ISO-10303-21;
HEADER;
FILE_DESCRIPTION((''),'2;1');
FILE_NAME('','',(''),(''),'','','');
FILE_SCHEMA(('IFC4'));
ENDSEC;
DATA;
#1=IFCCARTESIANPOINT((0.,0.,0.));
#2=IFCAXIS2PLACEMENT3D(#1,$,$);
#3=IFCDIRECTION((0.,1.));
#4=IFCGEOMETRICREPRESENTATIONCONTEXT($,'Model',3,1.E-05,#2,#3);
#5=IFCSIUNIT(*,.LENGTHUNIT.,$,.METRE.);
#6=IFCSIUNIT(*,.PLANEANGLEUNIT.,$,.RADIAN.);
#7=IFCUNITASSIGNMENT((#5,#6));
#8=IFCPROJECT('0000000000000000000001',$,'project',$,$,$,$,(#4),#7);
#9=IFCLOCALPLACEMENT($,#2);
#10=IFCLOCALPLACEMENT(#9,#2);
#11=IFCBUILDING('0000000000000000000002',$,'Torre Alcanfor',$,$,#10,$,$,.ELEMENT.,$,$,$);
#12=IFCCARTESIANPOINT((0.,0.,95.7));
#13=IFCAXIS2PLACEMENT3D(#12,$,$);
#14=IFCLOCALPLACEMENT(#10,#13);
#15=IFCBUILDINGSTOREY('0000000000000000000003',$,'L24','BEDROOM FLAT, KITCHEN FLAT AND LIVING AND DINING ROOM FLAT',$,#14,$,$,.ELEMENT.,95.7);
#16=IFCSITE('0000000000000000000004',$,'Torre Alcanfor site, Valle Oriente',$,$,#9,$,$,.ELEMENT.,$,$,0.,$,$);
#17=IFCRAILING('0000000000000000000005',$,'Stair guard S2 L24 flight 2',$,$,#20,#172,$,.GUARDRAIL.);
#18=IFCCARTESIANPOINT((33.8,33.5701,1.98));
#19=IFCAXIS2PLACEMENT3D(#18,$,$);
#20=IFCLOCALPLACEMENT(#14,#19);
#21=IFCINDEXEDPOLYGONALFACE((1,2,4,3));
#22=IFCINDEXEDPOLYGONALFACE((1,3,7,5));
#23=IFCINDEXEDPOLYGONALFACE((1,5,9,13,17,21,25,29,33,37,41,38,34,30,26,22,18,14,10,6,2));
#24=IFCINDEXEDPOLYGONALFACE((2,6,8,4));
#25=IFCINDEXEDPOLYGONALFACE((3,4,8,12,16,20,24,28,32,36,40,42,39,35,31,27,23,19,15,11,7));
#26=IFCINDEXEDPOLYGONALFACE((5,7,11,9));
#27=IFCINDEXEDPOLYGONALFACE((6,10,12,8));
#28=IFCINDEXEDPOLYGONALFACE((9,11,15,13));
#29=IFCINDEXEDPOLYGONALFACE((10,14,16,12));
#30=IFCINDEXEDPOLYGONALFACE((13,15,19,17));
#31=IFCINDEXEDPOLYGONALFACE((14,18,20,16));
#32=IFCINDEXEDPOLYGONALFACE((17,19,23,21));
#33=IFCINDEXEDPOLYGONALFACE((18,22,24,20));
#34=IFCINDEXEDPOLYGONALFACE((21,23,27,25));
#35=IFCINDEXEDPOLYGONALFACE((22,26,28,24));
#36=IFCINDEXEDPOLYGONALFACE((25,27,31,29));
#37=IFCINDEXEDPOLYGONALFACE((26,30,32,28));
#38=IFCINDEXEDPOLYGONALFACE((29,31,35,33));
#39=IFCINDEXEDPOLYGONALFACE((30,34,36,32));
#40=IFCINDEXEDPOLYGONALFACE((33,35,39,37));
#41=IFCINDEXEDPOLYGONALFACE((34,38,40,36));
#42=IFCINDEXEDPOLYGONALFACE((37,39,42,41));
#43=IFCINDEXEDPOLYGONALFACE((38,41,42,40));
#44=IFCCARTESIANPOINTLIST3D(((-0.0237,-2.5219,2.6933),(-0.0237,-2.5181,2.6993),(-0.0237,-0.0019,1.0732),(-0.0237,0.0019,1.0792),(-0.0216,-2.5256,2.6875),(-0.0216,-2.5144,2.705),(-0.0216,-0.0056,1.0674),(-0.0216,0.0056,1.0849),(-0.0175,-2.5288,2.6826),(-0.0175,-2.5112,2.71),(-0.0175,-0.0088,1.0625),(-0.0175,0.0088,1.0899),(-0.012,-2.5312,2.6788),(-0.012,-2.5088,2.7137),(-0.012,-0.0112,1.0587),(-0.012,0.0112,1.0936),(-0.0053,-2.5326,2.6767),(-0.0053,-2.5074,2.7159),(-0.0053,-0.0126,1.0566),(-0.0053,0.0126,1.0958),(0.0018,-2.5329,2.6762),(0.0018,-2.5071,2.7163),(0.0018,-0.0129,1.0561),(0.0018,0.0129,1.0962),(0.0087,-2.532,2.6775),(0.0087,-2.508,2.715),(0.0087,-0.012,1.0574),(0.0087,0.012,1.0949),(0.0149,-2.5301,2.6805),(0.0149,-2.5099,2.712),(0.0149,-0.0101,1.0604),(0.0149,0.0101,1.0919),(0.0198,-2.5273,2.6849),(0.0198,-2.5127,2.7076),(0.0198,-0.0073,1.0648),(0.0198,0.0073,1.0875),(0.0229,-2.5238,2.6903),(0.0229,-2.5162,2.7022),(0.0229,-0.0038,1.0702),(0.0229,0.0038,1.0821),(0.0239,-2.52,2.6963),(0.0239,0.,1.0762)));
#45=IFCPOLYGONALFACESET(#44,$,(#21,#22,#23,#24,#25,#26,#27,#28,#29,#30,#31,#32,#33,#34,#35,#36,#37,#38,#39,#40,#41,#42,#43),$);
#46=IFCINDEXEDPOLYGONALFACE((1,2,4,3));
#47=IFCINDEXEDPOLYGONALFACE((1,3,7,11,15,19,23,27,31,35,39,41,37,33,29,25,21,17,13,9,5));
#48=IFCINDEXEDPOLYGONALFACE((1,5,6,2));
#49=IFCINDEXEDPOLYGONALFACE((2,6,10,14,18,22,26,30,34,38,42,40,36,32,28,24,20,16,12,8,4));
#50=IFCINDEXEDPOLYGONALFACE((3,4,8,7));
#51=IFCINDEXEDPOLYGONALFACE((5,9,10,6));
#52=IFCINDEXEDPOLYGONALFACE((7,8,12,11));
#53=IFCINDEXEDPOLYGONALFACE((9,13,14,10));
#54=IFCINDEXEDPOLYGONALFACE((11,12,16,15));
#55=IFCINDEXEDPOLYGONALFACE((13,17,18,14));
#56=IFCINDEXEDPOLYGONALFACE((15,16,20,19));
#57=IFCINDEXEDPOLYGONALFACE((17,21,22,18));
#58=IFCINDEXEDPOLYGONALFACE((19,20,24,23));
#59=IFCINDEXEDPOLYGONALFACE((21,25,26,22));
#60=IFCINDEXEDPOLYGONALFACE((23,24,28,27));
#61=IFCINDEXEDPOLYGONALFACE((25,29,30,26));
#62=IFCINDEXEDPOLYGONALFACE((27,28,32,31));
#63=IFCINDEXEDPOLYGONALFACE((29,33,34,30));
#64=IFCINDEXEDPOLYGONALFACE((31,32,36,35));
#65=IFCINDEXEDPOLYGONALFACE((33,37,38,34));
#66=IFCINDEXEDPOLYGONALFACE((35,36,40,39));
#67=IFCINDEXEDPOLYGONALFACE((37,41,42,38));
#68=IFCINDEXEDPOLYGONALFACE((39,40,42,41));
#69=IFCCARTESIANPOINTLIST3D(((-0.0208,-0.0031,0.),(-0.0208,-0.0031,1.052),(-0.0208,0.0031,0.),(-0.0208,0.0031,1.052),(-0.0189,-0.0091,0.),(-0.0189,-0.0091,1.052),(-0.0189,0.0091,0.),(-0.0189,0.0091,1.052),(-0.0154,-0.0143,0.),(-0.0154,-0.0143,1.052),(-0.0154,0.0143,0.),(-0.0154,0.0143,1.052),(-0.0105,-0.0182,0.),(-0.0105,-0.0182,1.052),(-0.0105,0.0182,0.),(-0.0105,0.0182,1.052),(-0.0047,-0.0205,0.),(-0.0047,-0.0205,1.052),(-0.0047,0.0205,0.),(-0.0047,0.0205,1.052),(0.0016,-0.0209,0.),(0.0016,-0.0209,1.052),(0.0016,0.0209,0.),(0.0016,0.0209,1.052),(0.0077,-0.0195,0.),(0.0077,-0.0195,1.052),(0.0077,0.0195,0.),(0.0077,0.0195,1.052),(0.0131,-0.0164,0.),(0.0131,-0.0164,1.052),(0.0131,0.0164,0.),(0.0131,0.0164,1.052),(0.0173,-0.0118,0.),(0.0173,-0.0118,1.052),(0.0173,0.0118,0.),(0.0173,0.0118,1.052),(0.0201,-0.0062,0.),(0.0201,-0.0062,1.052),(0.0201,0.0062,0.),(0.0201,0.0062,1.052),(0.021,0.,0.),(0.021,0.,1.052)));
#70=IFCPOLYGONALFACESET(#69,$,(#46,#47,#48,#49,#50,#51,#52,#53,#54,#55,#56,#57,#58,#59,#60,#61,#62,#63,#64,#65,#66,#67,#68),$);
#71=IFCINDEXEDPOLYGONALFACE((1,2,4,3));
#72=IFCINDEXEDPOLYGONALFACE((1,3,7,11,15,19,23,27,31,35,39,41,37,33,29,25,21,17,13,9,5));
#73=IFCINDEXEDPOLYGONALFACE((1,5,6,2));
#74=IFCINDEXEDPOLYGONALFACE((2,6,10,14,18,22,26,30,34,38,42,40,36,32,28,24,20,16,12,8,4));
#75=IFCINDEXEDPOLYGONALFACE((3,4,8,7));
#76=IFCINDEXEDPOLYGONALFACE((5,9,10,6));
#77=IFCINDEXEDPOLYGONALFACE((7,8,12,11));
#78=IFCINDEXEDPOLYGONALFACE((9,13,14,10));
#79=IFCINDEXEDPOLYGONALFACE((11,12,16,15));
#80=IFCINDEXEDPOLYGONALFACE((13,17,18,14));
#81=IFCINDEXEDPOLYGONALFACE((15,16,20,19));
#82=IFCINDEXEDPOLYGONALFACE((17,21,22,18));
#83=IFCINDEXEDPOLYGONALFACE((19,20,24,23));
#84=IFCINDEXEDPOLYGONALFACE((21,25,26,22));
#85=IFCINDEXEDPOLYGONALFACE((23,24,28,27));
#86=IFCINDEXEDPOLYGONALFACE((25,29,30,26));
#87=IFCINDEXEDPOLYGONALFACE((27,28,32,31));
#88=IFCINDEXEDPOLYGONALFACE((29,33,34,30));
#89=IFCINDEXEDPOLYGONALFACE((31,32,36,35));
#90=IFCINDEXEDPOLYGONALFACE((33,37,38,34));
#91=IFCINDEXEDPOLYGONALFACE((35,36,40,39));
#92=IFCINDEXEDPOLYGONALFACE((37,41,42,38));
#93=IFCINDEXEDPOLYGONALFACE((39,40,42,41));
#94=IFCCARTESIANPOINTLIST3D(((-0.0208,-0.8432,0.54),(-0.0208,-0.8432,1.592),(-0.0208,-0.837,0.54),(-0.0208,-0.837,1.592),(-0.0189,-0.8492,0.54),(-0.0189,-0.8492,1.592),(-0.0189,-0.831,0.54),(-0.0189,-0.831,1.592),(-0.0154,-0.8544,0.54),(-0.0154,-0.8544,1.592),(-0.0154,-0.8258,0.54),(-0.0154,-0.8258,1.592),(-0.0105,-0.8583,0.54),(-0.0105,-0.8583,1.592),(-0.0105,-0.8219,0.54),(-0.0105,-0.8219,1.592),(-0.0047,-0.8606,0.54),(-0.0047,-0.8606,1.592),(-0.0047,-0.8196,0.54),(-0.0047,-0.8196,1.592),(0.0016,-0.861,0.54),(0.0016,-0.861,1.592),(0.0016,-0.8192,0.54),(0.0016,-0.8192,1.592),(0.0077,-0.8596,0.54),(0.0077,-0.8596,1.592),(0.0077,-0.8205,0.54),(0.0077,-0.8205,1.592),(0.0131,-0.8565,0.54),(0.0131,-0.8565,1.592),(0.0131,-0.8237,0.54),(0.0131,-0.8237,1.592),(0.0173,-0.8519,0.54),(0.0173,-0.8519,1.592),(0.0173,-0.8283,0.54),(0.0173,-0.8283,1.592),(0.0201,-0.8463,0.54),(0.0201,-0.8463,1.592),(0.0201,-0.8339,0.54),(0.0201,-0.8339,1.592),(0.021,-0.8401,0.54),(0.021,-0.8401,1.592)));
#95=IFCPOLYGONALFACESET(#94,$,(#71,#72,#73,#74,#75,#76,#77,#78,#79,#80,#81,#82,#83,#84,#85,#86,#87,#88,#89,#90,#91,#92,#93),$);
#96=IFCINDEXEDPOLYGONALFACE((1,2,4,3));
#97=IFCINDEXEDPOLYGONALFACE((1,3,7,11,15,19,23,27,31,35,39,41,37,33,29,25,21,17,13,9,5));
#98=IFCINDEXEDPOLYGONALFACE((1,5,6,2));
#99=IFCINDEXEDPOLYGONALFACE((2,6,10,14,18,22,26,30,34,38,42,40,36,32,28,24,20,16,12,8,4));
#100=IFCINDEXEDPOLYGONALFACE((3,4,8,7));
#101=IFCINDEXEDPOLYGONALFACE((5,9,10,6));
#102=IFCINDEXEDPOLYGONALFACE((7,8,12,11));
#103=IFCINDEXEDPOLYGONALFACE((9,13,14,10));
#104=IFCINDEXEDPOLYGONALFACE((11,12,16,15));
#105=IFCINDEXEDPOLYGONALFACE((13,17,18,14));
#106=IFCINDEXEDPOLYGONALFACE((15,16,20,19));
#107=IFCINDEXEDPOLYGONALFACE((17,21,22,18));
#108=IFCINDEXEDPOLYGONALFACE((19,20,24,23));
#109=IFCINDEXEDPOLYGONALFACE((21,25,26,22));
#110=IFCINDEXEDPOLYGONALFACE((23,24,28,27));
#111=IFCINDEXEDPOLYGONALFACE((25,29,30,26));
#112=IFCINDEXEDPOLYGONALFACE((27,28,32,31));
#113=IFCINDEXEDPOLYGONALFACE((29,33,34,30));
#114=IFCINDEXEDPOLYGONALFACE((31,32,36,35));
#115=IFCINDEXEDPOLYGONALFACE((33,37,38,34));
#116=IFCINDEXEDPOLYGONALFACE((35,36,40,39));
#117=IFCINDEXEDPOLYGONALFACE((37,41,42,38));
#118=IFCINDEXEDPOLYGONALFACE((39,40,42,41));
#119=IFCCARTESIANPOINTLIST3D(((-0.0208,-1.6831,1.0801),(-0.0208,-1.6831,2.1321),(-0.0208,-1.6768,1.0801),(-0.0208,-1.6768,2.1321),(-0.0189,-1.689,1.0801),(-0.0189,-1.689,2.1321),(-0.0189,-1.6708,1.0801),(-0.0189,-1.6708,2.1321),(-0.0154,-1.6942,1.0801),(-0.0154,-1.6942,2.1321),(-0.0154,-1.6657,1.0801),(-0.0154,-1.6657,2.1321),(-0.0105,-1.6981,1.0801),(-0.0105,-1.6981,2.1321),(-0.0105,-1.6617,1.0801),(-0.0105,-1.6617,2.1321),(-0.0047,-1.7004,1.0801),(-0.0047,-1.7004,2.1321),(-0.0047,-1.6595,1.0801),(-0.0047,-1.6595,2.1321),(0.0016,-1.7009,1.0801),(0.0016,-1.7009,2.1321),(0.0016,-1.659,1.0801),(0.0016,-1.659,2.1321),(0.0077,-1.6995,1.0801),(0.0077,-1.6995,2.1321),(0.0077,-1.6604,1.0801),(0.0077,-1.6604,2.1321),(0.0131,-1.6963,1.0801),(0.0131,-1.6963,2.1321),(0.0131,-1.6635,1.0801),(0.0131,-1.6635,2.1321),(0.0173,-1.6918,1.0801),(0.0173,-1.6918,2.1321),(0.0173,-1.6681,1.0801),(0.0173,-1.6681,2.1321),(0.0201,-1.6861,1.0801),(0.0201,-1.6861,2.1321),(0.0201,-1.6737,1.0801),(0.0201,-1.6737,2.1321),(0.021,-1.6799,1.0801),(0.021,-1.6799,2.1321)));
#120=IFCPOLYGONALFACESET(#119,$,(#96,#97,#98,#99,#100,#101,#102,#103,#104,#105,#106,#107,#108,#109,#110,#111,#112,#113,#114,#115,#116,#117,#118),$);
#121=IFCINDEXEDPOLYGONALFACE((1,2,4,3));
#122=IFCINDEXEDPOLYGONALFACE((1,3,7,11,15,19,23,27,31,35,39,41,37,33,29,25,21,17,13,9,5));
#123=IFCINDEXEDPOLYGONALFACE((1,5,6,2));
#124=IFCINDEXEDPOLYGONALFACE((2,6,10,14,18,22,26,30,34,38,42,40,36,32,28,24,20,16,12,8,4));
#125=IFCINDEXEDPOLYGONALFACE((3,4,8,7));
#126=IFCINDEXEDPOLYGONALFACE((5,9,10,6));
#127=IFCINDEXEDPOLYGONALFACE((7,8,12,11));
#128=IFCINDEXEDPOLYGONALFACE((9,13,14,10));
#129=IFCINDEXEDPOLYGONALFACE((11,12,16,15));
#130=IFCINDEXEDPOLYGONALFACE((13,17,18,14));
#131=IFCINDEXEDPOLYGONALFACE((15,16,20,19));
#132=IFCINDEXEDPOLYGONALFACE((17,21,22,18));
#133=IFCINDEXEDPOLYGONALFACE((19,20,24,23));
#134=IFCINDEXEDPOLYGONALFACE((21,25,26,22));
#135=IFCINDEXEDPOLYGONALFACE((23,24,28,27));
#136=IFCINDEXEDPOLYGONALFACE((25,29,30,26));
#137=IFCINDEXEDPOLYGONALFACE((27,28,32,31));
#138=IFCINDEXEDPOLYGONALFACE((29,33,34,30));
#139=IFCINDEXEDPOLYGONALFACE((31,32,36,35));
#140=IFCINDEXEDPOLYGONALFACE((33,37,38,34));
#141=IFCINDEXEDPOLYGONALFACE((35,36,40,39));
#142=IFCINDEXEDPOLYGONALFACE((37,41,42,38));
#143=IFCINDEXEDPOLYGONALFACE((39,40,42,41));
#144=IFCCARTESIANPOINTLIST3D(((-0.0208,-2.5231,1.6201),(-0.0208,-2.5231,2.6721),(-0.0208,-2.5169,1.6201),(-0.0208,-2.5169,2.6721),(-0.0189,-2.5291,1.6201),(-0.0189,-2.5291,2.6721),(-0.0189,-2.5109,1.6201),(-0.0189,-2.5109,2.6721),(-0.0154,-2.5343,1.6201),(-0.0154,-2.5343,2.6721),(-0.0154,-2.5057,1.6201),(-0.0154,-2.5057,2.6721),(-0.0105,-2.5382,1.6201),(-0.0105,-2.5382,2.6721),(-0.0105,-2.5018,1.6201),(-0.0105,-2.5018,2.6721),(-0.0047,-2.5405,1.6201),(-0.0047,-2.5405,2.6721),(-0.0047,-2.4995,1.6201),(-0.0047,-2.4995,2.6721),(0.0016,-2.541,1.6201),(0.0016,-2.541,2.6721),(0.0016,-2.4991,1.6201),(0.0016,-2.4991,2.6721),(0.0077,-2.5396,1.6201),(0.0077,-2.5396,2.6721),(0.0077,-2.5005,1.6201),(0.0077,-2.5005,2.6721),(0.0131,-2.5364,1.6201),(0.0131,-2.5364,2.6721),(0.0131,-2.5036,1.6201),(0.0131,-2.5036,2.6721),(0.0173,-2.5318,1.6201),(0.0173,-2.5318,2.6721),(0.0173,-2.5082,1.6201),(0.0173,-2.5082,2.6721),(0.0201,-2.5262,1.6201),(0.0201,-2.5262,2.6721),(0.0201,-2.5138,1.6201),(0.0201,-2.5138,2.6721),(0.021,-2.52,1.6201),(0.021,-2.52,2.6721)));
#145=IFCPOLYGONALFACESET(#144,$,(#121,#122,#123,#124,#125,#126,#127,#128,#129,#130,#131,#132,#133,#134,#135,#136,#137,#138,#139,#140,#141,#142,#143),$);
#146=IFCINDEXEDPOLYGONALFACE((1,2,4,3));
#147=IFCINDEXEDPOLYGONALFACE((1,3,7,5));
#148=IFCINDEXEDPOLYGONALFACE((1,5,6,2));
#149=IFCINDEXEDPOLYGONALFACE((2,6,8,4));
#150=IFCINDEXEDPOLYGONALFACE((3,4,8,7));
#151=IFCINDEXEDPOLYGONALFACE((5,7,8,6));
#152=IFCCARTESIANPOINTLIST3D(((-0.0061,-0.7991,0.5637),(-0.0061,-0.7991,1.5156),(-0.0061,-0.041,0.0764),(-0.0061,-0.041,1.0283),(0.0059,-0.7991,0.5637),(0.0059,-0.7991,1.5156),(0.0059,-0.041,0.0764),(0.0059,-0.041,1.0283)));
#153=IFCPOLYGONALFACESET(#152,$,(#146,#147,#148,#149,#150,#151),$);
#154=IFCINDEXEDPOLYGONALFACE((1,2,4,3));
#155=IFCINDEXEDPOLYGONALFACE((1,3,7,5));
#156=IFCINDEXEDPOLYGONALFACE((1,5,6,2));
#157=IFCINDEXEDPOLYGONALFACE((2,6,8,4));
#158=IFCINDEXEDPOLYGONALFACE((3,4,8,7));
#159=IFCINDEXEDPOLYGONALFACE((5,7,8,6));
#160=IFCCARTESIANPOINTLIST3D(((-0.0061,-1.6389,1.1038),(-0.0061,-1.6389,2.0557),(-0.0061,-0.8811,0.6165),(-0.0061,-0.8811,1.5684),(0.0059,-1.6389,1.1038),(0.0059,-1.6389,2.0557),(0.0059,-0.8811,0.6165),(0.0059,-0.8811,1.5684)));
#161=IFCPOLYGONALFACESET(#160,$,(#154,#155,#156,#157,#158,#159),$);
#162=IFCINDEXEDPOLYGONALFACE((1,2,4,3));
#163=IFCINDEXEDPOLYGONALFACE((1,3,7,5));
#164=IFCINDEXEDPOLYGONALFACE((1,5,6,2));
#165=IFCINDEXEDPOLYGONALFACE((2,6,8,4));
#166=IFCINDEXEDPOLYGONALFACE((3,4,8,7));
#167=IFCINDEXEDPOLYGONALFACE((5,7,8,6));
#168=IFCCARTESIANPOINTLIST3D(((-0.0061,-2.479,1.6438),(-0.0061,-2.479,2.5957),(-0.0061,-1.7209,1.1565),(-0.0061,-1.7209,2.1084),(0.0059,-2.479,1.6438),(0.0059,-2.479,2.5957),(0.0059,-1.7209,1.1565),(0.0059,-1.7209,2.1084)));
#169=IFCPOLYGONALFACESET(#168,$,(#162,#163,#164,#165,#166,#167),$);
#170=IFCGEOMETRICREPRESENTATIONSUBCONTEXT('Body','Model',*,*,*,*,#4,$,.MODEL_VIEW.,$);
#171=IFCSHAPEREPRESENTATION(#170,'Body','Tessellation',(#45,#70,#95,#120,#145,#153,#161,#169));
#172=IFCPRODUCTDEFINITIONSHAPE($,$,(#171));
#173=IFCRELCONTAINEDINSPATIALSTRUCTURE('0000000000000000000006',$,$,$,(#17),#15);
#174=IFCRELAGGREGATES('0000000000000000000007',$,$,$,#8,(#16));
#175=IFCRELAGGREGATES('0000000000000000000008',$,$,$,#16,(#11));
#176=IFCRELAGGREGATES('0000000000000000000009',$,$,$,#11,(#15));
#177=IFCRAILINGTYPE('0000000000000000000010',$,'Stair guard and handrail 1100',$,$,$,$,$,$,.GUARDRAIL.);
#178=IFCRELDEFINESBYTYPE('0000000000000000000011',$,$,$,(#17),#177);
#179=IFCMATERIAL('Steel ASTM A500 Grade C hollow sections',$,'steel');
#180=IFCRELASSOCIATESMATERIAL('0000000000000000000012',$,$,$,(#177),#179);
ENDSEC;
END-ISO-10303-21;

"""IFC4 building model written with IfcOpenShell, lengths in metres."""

from ifc_helpers import new_model, si_unit, direction, frame, origin, origin_2d, place, context, subcontext, project, spatial, polyline, circle, outline, extrude, material, type_object, element, save


model = new_model("IFC4")

# Units and contexts
model_context = context("Model", 3, precision=1e-05, world=origin(), true_north=direction((0.0, 1.0)))
body_context = subcontext(model_context, "Body", "Model", "MODEL_VIEW")
ifc_project = project(units=[si_unit("LENGTHUNIT", "METRE"), si_unit("PLANEANGLEUNIT", "RADIAN")], contexts=[model_context])

# Site, building, storey
site_placement = place(None, origin())
site = spatial("IfcSite", under=ifc_project, at=site_placement, Name="Torre Alcanfor site, Valle Oriente", CompositionType="ELEMENT", RefElevation=0.0)
building_placement = place(site_placement, origin())
building = spatial("IfcBuilding", under=site, at=building_placement, Name="Torre Alcanfor", CompositionType="ELEMENT")
storey_placement = place(building_placement, frame((0.0, 0.0, 95.7)))
storey = spatial("IfcBuildingStorey", under=building, at=storey_placement, Name="L24", Description="BEDROOM FLAT, KITCHEN FLAT AND LIVING AND DINING ROOM FLAT", CompositionType="ELEMENT", Elevation=95.7)

# Railing
ifc_material_1 = material(Name="Steel ASTM A500 Grade C hollow sections", Category="steel")
railing_type_1 = type_object("IfcRailingType", Name="Stair guard and handrail 1100", PredefinedType="GUARDRAIL", material=ifc_material_1)
railing_1_placement = place(storey_placement, frame((33.8, 33.5701, 1.98)))
element("IfcRailing", 1, at=railing_1_placement, inside=storey, type_object=railing_type_1, Name="Stair guard S2 L24 flight 2", PredefinedType="GUARDRAIL", context=body_context, shape_type="SweptSolid", body=[
    extrude(circle(Radius=0.0239, at=origin_2d()), frame((0.0, 0.0, 1.0762), z_axis=(0.0, -0.841163, 0.540782), x_axis=(1.0, 0.0, 0.0)), (0.0, 0.0, 1.0), 2.9958),
    extrude(circle(Radius=0.021, at=origin_2d()), origin(), (0.0, 0.0, 1.0), 1.052),
    extrude(circle(Radius=0.021, at=origin_2d()), frame((0.0, -0.8401, 0.54)), (0.0, 0.0, 1.0), 1.052),
    extrude(circle(Radius=0.021, at=origin_2d()), frame((0.0, -1.6799, 1.0801)), (0.0, 0.0, 1.0), 1.052),
    extrude(circle(Radius=0.021, at=origin_2d()), frame((0.0, -2.52, 1.6201)), (0.0, 0.0, 1.0), 1.052),
    extrude(outline(polyline([(0.041, 0.0764), (0.7991, 0.5637), (0.7991, 1.5156), (0.041, 1.0283), (0.041, 0.0764)])), frame((0.0059, 0.0, 0.0), z_axis=(-1.0, 0.0, 0.0), x_axis=(0.0, -1.0, 0.0)), (0.0, 0.0, 1.0), 0.012),
    extrude(outline(polyline([(0.8811, 0.6165), (1.6389, 1.1038), (1.6389, 2.0557), (0.8811, 1.5684), (0.8811, 0.6165)])), frame((0.0059, 0.0, 0.0), z_axis=(-1.0, 0.0, 0.0), x_axis=(0.0, -1.0, 0.0)), (0.0, 0.0, 1.0), 0.012),
    extrude(outline(polyline([(1.7209, 1.1565), (2.479, 1.6438), (2.479, 2.5957), (1.7209, 2.1084), (1.7209, 1.1565)])), frame((0.0059, 0.0, 0.0), z_axis=(-1.0, 0.0, 0.0), x_axis=(0.0, -1.0, 0.0)), (0.0, 0.0, 1.0), 0.012),
])

save(model, "model.ifc")
